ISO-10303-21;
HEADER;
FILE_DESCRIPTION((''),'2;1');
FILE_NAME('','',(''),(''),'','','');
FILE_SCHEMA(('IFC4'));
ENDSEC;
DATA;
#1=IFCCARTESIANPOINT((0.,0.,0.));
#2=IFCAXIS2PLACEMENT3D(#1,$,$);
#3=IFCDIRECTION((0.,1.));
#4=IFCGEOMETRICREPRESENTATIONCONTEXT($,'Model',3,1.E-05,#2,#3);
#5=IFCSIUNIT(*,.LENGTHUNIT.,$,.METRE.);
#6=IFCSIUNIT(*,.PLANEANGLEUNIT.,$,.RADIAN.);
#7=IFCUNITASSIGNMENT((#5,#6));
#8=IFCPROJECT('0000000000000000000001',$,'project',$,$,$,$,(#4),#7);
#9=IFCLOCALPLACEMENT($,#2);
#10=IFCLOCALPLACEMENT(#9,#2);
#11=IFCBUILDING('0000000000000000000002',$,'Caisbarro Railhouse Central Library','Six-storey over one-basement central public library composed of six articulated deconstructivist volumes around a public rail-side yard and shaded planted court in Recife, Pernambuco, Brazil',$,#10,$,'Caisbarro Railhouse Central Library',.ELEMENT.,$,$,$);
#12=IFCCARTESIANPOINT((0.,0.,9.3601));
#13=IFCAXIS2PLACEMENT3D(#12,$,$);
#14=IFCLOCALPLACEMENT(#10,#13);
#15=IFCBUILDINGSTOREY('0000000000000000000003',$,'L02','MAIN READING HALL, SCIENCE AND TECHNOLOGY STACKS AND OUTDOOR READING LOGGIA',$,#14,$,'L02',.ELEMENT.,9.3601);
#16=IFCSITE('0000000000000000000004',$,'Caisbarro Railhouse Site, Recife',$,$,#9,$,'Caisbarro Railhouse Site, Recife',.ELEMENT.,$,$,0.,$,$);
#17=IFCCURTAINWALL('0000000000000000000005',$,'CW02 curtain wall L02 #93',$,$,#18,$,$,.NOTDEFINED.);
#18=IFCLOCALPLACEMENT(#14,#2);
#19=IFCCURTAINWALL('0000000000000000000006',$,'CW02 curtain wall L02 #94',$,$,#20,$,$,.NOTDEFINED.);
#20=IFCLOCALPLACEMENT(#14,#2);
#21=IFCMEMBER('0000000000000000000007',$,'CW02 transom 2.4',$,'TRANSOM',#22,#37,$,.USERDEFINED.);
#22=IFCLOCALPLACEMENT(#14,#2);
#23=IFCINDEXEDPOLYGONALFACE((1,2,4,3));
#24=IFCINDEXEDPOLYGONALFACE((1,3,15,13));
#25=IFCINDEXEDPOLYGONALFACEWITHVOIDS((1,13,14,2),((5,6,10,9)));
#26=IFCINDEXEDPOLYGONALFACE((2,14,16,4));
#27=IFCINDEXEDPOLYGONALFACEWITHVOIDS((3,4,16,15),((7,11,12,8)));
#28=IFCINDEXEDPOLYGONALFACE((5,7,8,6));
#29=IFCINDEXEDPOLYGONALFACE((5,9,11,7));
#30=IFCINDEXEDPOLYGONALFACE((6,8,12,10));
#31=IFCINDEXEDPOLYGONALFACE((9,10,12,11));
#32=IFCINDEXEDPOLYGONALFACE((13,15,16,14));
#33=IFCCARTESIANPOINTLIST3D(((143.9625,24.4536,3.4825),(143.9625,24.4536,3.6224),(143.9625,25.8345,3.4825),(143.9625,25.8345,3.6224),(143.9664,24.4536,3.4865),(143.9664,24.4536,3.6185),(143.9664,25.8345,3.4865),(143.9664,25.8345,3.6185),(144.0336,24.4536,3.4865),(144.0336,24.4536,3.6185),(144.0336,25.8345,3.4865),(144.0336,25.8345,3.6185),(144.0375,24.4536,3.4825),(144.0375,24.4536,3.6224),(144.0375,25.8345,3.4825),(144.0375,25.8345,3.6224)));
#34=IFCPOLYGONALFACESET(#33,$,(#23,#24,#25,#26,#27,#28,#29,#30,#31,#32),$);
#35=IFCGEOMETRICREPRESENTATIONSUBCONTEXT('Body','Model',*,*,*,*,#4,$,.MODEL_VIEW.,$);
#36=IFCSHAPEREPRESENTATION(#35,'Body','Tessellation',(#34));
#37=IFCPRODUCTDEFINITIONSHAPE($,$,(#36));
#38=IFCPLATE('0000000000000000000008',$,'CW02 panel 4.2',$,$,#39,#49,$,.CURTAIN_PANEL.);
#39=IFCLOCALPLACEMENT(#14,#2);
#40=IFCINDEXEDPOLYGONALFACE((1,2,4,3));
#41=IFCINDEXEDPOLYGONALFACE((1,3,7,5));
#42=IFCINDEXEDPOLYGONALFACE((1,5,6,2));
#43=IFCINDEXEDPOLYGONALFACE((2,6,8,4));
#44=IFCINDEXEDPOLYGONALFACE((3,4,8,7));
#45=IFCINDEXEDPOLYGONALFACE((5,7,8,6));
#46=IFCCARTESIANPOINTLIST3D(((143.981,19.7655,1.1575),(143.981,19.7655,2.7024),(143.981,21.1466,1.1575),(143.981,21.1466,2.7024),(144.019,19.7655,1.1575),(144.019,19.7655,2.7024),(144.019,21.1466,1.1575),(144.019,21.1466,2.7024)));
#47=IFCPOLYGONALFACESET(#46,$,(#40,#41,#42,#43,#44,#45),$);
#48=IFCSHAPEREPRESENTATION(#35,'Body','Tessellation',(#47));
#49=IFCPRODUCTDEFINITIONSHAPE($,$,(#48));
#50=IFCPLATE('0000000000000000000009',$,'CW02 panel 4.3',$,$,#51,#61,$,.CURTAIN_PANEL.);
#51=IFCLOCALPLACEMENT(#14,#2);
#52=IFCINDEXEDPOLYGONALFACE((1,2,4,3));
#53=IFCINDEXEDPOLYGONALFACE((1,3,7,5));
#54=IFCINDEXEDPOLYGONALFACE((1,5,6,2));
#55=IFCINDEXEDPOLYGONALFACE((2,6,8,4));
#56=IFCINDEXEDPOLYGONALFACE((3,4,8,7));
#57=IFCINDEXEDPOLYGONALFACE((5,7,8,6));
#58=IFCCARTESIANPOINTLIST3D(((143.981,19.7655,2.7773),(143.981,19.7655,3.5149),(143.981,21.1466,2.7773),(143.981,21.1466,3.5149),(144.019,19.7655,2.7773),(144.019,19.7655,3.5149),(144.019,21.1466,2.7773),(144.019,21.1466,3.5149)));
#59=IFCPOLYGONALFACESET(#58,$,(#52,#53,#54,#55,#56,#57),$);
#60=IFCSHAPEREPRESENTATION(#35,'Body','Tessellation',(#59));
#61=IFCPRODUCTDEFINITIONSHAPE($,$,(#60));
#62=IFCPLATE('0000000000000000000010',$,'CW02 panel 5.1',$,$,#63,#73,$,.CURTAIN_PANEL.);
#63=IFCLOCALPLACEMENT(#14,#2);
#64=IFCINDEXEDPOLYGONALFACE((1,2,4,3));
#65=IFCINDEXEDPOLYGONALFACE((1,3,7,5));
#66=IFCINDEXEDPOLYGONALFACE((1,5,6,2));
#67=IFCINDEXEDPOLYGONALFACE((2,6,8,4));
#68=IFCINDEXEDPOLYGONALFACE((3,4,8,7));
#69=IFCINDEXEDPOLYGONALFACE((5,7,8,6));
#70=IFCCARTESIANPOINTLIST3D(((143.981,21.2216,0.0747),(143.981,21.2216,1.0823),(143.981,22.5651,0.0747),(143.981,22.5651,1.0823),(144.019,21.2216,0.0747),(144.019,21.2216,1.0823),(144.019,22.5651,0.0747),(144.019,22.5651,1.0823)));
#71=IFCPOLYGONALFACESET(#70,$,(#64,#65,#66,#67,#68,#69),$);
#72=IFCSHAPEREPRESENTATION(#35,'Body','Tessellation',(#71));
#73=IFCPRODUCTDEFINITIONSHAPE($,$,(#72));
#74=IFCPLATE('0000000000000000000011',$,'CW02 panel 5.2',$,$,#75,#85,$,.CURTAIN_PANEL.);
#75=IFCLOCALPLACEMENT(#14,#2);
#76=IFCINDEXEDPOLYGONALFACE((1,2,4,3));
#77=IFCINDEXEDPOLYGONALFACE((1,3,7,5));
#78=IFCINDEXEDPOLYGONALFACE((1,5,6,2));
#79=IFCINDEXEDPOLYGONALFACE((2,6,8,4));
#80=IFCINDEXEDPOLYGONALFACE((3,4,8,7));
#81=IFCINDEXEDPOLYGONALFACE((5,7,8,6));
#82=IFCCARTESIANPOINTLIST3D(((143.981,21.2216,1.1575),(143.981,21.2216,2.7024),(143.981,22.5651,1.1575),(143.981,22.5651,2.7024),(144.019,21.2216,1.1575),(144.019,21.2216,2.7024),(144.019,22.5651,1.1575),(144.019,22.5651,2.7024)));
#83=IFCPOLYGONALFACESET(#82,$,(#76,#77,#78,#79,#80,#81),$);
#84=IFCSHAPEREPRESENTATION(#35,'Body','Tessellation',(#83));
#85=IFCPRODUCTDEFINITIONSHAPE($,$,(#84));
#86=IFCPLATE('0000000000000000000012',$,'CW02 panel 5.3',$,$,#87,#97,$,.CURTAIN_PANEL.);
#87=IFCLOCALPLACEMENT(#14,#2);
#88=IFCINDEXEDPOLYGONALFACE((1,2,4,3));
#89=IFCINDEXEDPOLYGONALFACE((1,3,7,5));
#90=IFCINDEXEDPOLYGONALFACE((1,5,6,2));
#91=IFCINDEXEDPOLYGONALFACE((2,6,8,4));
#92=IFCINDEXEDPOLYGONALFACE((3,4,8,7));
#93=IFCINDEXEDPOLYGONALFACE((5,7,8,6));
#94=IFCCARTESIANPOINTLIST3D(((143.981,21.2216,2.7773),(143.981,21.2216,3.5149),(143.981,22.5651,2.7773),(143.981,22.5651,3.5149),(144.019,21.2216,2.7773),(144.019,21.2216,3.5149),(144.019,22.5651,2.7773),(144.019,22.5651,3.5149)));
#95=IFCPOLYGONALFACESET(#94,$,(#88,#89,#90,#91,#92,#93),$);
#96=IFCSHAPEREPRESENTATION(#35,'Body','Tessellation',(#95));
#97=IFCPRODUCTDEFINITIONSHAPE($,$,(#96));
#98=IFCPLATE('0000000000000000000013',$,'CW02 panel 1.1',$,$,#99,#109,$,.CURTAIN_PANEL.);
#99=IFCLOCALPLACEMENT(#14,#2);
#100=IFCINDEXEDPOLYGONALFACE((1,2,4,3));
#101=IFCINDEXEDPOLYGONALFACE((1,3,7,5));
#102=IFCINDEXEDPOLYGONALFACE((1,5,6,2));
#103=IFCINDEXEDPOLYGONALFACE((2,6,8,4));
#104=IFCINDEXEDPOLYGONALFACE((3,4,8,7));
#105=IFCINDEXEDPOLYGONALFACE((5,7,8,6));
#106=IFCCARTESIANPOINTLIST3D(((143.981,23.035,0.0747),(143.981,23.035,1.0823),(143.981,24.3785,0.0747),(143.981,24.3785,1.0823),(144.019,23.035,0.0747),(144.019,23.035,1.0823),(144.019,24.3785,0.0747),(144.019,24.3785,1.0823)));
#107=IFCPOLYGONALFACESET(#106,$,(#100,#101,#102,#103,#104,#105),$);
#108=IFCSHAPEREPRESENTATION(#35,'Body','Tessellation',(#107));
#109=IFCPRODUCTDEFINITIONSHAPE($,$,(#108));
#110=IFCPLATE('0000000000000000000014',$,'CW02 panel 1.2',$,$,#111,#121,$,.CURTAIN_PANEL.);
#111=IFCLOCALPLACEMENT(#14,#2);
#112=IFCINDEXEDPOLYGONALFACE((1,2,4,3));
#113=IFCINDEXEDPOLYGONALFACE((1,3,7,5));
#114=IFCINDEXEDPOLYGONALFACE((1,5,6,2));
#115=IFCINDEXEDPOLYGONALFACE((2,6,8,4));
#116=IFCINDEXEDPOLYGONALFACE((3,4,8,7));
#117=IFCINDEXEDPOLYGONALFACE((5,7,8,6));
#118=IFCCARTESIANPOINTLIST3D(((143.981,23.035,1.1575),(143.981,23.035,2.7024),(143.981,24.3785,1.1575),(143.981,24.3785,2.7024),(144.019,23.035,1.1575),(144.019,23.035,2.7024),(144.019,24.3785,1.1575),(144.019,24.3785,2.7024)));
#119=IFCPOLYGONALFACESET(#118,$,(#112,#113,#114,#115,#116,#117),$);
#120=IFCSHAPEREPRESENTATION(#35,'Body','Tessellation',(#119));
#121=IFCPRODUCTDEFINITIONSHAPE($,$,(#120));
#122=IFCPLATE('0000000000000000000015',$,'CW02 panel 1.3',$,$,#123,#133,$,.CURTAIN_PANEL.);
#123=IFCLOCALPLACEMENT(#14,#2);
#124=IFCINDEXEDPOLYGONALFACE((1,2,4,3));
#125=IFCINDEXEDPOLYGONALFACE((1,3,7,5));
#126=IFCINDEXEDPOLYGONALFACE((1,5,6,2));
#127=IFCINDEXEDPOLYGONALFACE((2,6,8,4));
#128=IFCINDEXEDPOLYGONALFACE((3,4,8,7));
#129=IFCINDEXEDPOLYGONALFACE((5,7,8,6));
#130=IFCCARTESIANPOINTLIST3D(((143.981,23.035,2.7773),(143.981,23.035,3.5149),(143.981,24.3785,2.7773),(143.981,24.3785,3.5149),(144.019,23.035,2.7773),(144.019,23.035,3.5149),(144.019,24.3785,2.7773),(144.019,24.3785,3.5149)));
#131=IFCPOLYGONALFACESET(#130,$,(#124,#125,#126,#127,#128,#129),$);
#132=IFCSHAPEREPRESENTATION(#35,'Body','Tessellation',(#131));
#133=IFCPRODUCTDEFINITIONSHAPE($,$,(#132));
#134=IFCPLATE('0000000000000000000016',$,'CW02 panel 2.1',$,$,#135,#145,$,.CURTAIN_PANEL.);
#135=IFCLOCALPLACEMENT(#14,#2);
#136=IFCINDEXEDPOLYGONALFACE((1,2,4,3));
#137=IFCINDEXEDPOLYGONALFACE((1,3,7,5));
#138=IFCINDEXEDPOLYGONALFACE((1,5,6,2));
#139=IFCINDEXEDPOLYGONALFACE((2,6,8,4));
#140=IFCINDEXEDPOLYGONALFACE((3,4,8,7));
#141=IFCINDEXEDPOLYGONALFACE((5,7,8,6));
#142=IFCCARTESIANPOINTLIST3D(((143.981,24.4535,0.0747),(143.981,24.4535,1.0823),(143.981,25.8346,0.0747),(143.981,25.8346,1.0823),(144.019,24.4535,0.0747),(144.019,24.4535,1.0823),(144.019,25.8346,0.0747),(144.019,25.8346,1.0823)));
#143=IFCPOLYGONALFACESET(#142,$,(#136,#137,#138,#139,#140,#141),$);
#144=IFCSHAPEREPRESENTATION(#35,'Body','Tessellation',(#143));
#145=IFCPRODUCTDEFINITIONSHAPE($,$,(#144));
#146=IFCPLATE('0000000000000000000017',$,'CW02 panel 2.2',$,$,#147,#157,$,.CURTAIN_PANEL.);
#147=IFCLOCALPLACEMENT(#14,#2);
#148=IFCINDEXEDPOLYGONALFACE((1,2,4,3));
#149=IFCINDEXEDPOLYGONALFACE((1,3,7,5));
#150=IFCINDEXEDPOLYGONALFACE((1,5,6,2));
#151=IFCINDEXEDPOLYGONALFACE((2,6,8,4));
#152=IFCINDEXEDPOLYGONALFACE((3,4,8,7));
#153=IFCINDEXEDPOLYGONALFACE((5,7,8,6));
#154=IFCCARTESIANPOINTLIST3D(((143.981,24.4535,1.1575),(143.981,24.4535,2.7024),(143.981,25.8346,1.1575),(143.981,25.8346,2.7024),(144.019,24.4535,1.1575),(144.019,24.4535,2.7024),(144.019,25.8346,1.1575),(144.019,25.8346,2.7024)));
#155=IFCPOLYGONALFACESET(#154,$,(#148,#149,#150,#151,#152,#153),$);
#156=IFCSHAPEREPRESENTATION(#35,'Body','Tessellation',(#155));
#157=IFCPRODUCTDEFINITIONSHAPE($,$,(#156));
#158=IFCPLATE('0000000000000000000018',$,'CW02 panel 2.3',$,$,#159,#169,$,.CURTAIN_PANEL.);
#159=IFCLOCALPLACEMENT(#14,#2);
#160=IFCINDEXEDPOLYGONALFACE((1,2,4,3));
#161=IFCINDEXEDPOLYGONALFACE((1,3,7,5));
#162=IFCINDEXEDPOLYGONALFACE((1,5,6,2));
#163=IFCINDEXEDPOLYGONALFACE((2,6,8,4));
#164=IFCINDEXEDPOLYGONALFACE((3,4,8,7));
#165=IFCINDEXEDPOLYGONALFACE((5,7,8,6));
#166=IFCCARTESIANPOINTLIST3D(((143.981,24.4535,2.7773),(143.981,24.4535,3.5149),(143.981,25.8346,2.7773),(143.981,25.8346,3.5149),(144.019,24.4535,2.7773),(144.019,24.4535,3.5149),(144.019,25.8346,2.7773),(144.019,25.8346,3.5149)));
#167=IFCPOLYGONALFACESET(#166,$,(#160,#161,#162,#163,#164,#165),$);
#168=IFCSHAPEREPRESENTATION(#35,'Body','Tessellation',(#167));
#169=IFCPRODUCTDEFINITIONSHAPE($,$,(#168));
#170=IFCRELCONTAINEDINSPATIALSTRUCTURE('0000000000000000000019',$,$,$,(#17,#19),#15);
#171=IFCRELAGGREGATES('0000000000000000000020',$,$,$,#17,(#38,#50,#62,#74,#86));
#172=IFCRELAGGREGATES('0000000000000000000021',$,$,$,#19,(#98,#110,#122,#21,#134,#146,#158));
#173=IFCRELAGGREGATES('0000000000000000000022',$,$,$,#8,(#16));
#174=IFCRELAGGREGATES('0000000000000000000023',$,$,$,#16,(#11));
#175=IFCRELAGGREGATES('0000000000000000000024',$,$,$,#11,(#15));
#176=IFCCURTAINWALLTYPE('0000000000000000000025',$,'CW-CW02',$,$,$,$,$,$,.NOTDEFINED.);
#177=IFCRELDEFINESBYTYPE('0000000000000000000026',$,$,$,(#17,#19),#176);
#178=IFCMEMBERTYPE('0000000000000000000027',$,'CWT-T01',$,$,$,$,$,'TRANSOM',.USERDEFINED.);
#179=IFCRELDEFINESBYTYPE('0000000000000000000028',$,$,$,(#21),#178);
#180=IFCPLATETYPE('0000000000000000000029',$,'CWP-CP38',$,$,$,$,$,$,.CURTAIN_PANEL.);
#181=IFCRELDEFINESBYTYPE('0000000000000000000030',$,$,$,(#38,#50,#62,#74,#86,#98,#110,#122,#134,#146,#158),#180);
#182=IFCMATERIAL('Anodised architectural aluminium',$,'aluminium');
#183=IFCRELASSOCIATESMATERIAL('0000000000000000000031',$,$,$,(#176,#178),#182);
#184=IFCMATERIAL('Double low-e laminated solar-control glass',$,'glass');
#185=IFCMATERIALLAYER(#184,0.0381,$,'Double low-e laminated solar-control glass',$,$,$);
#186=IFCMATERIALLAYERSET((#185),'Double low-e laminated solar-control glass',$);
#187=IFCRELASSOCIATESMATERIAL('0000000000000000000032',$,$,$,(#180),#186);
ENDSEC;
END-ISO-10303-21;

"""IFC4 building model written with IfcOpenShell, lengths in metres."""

from ifc_helpers import new_model, si_unit, direction, frame, origin, origin_2d, place, context, subcontext, project, spatial, rectangle, hollow_rectangle, extrude, material, layer, layer_set, material_profile, profile_set, type_object, element, aggregate, save


model = new_model("IFC4")

# Units and contexts
model_context = context("Model", 3, precision=1e-05, world=origin(), true_north=direction((0.0, 1.0)))
body_context = subcontext(model_context, "Body", "Model", "MODEL_VIEW")
ifc_project = project(units=[si_unit("LENGTHUNIT", "METRE"), si_unit("PLANEANGLEUNIT", "RADIAN")], contexts=[model_context])

# Site, building, storey
site_placement = place(None, origin())
site = spatial("IfcSite", under=ifc_project, at=site_placement, Name="Caisbarro Railhouse Site, Recife", LongName="Caisbarro Railhouse Site, Recife", CompositionType="ELEMENT", RefElevation=0.0)
building_placement = place(site_placement, origin())
building = spatial("IfcBuilding", under=site, at=building_placement, Name="Caisbarro Railhouse Central Library", Description="Six-storey over one-basement central public library composed of six articulated deconstructivist volumes around a public rail-side yard and shaded planted court in Recife, Pernambuco, Brazil", LongName="Caisbarro Railhouse Central Library", CompositionType="ELEMENT")
storey_placement = place(building_placement, frame((0.0, 0.0, 9.3601)))
storey = spatial("IfcBuildingStorey", under=building, at=storey_placement, Name="L02", Description="MAIN READING HALL, SCIENCE AND TECHNOLOGY STACKS AND OUTDOOR READING LOGGIA", LongName="L02", CompositionType="ELEMENT", Elevation=9.3601)

# Curtain walls
ifc_material_1 = material(Name="Anodised architectural aluminium", Category="aluminium")
curtain_wall_type = type_object("IfcCurtainWallType", Name="CW-CW02", PredefinedType="NOTDEFINED", material=ifc_material_1)
curtain_wall_1_placement = place(storey_placement, origin())
curtain_wall_1 = element("IfcCurtainWall", 1, at=curtain_wall_1_placement, inside=storey, type_object=curtain_wall_type, Name="CW02 curtain wall L02 #93", PredefinedType="NOTDEFINED")
curtain_wall_2_placement = place(storey_placement, origin())
curtain_wall_2 = element("IfcCurtainWall", 2, at=curtain_wall_2_placement, inside=storey, type_object=curtain_wall_type, Name="CW02 curtain wall L02 #94", PredefinedType="NOTDEFINED")

# Member
ifc_material_profile_1 = material_profile(ifc_material_1, hollow_rectangle(XDim=0.075, YDim=0.1399, WallThickness=0.0039, at=origin_2d()), Name="ALU-TRN-75X140")
ifc_profile_set_1 = profile_set([ifc_material_profile_1], Name="Anodised architectural aluminium")
member_type_1 = type_object("IfcMemberType", Name="CWT-T01", ElementType="TRANSOM", PredefinedType="USERDEFINED", material=ifc_profile_set_1)
member_1_placement = place(storey_placement, frame((144.0, 24.4536, 3.5525), z_axis=(0.0, 1.0, 0.0), x_axis=(-1.0, 0.0, 0.0)))
member_1 = element("IfcMember", 3, at=member_1_placement, type_object=member_type_1, Name="CW02 transom 2.4", ObjectType="TRANSOM", PredefinedType="USERDEFINED", context=body_context, shape_type="SweptSolid", body=[
    extrude(hollow_rectangle(XDim=0.075, YDim=0.1399, WallThickness=0.0039, at=origin_2d()), origin(), (0.0, 0.0, 1.0), 1.3809),
])

# Plates
ifc_material_2 = material(Name="Double low-e laminated solar-control glass", Category="glass")
ifc_layer = layer(ifc_material_2, 0.0381, Name="Double low-e laminated solar-control glass")
ifc_layer_set = layer_set([ifc_layer], Name="Double low-e laminated solar-control glass")
plate_type = type_object("IfcPlateType", Name="CWP-CP38", PredefinedType="CURTAIN_PANEL", material=ifc_layer_set)
plate_1_placement = place(storey_placement, frame((144.0, 20.4561, 1.1575), z_axis=(0.0, 0.0, 1.0), x_axis=(0.0, 1.0, 0.0)))
plate_1 = element("IfcPlate", 4, at=plate_1_placement, type_object=plate_type, Name="CW02 panel 4.2", PredefinedType="CURTAIN_PANEL", context=body_context, shape_type="SweptSolid", body=[
    extrude(rectangle(XDim=1.3811, YDim=0.0381, at=origin_2d()), origin(), (0.0, 0.0, 1.0), 1.5449),
])
plate_2_placement = place(storey_placement, frame((144.0, 20.4561, 2.7773), z_axis=(0.0, 0.0, 1.0), x_axis=(0.0, 1.0, 0.0)))
plate_2 = element("IfcPlate", 5, at=plate_2_placement, type_object=plate_type, Name="CW02 panel 4.3", PredefinedType="CURTAIN_PANEL", context=body_context, shape_type="SweptSolid", body=[
    extrude(rectangle(XDim=1.3811, YDim=0.0381, at=origin_2d()), origin(), (0.0, 0.0, 1.0), 0.7375),
])
plate_3_placement = place(storey_placement, frame((144.0, 21.8933, 0.0747), z_axis=(0.0, 0.0, 1.0), x_axis=(0.0, 1.0, 0.0)))
plate_3 = element("IfcPlate", 6, at=plate_3_placement, type_object=plate_type, Name="CW02 panel 5.1", PredefinedType="CURTAIN_PANEL", context=body_context, shape_type="SweptSolid", body=[
    extrude(rectangle(XDim=1.3435, YDim=0.0381, at=origin_2d()), origin(), (0.0, 0.0, 1.0), 1.0076),
])
plate_4_placement = place(storey_placement, frame((144.0, 21.8933, 1.1575), z_axis=(0.0, 0.0, 1.0), x_axis=(0.0, 1.0, 0.0)))
plate_4 = element("IfcPlate", 7, at=plate_4_placement, type_object=plate_type, Name="CW02 panel 5.2", PredefinedType="CURTAIN_PANEL", context=body_context, shape_type="SweptSolid", body=[
    extrude(rectangle(XDim=1.3435, YDim=0.0381, at=origin_2d()), origin(), (0.0, 0.0, 1.0), 1.5449),
])
plate_5_placement = place(storey_placement, frame((144.0, 21.8933, 2.7773), z_axis=(0.0, 0.0, 1.0), x_axis=(0.0, 1.0, 0.0)))
plate_5 = element("IfcPlate", 8, at=plate_5_placement, type_object=plate_type, Name="CW02 panel 5.3", PredefinedType="CURTAIN_PANEL", context=body_context, shape_type="SweptSolid", body=[
    extrude(rectangle(XDim=1.3435, YDim=0.0381, at=origin_2d()), origin(), (0.0, 0.0, 1.0), 0.7375),
])
aggregate(curtain_wall_1, [plate_1, plate_2, plate_3, plate_4, plate_5])
plate_6_placement = place(storey_placement, frame((144.0, 23.7068, 0.0747), z_axis=(0.0, 0.0, 1.0), x_axis=(0.0, 1.0, 0.0)))
plate_6 = element("IfcPlate", 9, at=plate_6_placement, type_object=plate_type, Name="CW02 panel 1.1", PredefinedType="CURTAIN_PANEL", context=body_context, shape_type="SweptSolid", body=[
    extrude(rectangle(XDim=1.3435, YDim=0.0381, at=origin_2d()), origin(), (0.0, 0.0, 1.0), 1.0076),
])
plate_7_placement = place(storey_placement, frame((144.0, 23.7068, 1.1575), z_axis=(0.0, 0.0, 1.0), x_axis=(0.0, 1.0, 0.0)))
plate_7 = element("IfcPlate", 10, at=plate_7_placement, type_object=plate_type, Name="CW02 panel 1.2", PredefinedType="CURTAIN_PANEL", context=body_context, shape_type="SweptSolid", body=[
    extrude(rectangle(XDim=1.3435, YDim=0.0381, at=origin_2d()), origin(), (0.0, 0.0, 1.0), 1.5449),
])
plate_8_placement = place(storey_placement, frame((144.0, 23.7068, 2.7773), z_axis=(0.0, 0.0, 1.0), x_axis=(0.0, 1.0, 0.0)))
plate_8 = element("IfcPlate", 11, at=plate_8_placement, type_object=plate_type, Name="CW02 panel 1.3", PredefinedType="CURTAIN_PANEL", context=body_context, shape_type="SweptSolid", body=[
    extrude(rectangle(XDim=1.3435, YDim=0.0381, at=origin_2d()), origin(), (0.0, 0.0, 1.0), 0.7375),
])
plate_9_placement = place(storey_placement, frame((144.0, 25.144, 0.0747), z_axis=(0.0, 0.0, 1.0), x_axis=(0.0, 1.0, 0.0)))
plate_9 = element("IfcPlate", 12, at=plate_9_placement, type_object=plate_type, Name="CW02 panel 2.1", PredefinedType="CURTAIN_PANEL", context=body_context, shape_type="SweptSolid", body=[
    extrude(rectangle(XDim=1.3811, YDim=0.0381, at=origin_2d()), origin(), (0.0, 0.0, 1.0), 1.0076),
])
plate_10_placement = place(storey_placement, frame((144.0, 25.144, 1.1575), z_axis=(0.0, 0.0, 1.0), x_axis=(0.0, 1.0, 0.0)))
plate_10 = element("IfcPlate", 13, at=plate_10_placement, type_object=plate_type, Name="CW02 panel 2.2", PredefinedType="CURTAIN_PANEL", context=body_context, shape_type="SweptSolid", body=[
    extrude(rectangle(XDim=1.3811, YDim=0.0381, at=origin_2d()), origin(), (0.0, 0.0, 1.0), 1.5449),
])
plate_11_placement = place(storey_placement, frame((144.0, 25.144, 2.7773), z_axis=(0.0, 0.0, 1.0), x_axis=(0.0, 1.0, 0.0)))
plate_11 = element("IfcPlate", 14, at=plate_11_placement, type_object=plate_type, Name="CW02 panel 2.3", PredefinedType="CURTAIN_PANEL", context=body_context, shape_type="SweptSolid", body=[
    extrude(rectangle(XDim=1.3811, YDim=0.0381, at=origin_2d()), origin(), (0.0, 0.0, 1.0), 0.7375),
])
aggregate(curtain_wall_2, [plate_6, plate_7, plate_8, member_1, plate_9, plate_10, plate_11])

save(model, "model.ifc")
